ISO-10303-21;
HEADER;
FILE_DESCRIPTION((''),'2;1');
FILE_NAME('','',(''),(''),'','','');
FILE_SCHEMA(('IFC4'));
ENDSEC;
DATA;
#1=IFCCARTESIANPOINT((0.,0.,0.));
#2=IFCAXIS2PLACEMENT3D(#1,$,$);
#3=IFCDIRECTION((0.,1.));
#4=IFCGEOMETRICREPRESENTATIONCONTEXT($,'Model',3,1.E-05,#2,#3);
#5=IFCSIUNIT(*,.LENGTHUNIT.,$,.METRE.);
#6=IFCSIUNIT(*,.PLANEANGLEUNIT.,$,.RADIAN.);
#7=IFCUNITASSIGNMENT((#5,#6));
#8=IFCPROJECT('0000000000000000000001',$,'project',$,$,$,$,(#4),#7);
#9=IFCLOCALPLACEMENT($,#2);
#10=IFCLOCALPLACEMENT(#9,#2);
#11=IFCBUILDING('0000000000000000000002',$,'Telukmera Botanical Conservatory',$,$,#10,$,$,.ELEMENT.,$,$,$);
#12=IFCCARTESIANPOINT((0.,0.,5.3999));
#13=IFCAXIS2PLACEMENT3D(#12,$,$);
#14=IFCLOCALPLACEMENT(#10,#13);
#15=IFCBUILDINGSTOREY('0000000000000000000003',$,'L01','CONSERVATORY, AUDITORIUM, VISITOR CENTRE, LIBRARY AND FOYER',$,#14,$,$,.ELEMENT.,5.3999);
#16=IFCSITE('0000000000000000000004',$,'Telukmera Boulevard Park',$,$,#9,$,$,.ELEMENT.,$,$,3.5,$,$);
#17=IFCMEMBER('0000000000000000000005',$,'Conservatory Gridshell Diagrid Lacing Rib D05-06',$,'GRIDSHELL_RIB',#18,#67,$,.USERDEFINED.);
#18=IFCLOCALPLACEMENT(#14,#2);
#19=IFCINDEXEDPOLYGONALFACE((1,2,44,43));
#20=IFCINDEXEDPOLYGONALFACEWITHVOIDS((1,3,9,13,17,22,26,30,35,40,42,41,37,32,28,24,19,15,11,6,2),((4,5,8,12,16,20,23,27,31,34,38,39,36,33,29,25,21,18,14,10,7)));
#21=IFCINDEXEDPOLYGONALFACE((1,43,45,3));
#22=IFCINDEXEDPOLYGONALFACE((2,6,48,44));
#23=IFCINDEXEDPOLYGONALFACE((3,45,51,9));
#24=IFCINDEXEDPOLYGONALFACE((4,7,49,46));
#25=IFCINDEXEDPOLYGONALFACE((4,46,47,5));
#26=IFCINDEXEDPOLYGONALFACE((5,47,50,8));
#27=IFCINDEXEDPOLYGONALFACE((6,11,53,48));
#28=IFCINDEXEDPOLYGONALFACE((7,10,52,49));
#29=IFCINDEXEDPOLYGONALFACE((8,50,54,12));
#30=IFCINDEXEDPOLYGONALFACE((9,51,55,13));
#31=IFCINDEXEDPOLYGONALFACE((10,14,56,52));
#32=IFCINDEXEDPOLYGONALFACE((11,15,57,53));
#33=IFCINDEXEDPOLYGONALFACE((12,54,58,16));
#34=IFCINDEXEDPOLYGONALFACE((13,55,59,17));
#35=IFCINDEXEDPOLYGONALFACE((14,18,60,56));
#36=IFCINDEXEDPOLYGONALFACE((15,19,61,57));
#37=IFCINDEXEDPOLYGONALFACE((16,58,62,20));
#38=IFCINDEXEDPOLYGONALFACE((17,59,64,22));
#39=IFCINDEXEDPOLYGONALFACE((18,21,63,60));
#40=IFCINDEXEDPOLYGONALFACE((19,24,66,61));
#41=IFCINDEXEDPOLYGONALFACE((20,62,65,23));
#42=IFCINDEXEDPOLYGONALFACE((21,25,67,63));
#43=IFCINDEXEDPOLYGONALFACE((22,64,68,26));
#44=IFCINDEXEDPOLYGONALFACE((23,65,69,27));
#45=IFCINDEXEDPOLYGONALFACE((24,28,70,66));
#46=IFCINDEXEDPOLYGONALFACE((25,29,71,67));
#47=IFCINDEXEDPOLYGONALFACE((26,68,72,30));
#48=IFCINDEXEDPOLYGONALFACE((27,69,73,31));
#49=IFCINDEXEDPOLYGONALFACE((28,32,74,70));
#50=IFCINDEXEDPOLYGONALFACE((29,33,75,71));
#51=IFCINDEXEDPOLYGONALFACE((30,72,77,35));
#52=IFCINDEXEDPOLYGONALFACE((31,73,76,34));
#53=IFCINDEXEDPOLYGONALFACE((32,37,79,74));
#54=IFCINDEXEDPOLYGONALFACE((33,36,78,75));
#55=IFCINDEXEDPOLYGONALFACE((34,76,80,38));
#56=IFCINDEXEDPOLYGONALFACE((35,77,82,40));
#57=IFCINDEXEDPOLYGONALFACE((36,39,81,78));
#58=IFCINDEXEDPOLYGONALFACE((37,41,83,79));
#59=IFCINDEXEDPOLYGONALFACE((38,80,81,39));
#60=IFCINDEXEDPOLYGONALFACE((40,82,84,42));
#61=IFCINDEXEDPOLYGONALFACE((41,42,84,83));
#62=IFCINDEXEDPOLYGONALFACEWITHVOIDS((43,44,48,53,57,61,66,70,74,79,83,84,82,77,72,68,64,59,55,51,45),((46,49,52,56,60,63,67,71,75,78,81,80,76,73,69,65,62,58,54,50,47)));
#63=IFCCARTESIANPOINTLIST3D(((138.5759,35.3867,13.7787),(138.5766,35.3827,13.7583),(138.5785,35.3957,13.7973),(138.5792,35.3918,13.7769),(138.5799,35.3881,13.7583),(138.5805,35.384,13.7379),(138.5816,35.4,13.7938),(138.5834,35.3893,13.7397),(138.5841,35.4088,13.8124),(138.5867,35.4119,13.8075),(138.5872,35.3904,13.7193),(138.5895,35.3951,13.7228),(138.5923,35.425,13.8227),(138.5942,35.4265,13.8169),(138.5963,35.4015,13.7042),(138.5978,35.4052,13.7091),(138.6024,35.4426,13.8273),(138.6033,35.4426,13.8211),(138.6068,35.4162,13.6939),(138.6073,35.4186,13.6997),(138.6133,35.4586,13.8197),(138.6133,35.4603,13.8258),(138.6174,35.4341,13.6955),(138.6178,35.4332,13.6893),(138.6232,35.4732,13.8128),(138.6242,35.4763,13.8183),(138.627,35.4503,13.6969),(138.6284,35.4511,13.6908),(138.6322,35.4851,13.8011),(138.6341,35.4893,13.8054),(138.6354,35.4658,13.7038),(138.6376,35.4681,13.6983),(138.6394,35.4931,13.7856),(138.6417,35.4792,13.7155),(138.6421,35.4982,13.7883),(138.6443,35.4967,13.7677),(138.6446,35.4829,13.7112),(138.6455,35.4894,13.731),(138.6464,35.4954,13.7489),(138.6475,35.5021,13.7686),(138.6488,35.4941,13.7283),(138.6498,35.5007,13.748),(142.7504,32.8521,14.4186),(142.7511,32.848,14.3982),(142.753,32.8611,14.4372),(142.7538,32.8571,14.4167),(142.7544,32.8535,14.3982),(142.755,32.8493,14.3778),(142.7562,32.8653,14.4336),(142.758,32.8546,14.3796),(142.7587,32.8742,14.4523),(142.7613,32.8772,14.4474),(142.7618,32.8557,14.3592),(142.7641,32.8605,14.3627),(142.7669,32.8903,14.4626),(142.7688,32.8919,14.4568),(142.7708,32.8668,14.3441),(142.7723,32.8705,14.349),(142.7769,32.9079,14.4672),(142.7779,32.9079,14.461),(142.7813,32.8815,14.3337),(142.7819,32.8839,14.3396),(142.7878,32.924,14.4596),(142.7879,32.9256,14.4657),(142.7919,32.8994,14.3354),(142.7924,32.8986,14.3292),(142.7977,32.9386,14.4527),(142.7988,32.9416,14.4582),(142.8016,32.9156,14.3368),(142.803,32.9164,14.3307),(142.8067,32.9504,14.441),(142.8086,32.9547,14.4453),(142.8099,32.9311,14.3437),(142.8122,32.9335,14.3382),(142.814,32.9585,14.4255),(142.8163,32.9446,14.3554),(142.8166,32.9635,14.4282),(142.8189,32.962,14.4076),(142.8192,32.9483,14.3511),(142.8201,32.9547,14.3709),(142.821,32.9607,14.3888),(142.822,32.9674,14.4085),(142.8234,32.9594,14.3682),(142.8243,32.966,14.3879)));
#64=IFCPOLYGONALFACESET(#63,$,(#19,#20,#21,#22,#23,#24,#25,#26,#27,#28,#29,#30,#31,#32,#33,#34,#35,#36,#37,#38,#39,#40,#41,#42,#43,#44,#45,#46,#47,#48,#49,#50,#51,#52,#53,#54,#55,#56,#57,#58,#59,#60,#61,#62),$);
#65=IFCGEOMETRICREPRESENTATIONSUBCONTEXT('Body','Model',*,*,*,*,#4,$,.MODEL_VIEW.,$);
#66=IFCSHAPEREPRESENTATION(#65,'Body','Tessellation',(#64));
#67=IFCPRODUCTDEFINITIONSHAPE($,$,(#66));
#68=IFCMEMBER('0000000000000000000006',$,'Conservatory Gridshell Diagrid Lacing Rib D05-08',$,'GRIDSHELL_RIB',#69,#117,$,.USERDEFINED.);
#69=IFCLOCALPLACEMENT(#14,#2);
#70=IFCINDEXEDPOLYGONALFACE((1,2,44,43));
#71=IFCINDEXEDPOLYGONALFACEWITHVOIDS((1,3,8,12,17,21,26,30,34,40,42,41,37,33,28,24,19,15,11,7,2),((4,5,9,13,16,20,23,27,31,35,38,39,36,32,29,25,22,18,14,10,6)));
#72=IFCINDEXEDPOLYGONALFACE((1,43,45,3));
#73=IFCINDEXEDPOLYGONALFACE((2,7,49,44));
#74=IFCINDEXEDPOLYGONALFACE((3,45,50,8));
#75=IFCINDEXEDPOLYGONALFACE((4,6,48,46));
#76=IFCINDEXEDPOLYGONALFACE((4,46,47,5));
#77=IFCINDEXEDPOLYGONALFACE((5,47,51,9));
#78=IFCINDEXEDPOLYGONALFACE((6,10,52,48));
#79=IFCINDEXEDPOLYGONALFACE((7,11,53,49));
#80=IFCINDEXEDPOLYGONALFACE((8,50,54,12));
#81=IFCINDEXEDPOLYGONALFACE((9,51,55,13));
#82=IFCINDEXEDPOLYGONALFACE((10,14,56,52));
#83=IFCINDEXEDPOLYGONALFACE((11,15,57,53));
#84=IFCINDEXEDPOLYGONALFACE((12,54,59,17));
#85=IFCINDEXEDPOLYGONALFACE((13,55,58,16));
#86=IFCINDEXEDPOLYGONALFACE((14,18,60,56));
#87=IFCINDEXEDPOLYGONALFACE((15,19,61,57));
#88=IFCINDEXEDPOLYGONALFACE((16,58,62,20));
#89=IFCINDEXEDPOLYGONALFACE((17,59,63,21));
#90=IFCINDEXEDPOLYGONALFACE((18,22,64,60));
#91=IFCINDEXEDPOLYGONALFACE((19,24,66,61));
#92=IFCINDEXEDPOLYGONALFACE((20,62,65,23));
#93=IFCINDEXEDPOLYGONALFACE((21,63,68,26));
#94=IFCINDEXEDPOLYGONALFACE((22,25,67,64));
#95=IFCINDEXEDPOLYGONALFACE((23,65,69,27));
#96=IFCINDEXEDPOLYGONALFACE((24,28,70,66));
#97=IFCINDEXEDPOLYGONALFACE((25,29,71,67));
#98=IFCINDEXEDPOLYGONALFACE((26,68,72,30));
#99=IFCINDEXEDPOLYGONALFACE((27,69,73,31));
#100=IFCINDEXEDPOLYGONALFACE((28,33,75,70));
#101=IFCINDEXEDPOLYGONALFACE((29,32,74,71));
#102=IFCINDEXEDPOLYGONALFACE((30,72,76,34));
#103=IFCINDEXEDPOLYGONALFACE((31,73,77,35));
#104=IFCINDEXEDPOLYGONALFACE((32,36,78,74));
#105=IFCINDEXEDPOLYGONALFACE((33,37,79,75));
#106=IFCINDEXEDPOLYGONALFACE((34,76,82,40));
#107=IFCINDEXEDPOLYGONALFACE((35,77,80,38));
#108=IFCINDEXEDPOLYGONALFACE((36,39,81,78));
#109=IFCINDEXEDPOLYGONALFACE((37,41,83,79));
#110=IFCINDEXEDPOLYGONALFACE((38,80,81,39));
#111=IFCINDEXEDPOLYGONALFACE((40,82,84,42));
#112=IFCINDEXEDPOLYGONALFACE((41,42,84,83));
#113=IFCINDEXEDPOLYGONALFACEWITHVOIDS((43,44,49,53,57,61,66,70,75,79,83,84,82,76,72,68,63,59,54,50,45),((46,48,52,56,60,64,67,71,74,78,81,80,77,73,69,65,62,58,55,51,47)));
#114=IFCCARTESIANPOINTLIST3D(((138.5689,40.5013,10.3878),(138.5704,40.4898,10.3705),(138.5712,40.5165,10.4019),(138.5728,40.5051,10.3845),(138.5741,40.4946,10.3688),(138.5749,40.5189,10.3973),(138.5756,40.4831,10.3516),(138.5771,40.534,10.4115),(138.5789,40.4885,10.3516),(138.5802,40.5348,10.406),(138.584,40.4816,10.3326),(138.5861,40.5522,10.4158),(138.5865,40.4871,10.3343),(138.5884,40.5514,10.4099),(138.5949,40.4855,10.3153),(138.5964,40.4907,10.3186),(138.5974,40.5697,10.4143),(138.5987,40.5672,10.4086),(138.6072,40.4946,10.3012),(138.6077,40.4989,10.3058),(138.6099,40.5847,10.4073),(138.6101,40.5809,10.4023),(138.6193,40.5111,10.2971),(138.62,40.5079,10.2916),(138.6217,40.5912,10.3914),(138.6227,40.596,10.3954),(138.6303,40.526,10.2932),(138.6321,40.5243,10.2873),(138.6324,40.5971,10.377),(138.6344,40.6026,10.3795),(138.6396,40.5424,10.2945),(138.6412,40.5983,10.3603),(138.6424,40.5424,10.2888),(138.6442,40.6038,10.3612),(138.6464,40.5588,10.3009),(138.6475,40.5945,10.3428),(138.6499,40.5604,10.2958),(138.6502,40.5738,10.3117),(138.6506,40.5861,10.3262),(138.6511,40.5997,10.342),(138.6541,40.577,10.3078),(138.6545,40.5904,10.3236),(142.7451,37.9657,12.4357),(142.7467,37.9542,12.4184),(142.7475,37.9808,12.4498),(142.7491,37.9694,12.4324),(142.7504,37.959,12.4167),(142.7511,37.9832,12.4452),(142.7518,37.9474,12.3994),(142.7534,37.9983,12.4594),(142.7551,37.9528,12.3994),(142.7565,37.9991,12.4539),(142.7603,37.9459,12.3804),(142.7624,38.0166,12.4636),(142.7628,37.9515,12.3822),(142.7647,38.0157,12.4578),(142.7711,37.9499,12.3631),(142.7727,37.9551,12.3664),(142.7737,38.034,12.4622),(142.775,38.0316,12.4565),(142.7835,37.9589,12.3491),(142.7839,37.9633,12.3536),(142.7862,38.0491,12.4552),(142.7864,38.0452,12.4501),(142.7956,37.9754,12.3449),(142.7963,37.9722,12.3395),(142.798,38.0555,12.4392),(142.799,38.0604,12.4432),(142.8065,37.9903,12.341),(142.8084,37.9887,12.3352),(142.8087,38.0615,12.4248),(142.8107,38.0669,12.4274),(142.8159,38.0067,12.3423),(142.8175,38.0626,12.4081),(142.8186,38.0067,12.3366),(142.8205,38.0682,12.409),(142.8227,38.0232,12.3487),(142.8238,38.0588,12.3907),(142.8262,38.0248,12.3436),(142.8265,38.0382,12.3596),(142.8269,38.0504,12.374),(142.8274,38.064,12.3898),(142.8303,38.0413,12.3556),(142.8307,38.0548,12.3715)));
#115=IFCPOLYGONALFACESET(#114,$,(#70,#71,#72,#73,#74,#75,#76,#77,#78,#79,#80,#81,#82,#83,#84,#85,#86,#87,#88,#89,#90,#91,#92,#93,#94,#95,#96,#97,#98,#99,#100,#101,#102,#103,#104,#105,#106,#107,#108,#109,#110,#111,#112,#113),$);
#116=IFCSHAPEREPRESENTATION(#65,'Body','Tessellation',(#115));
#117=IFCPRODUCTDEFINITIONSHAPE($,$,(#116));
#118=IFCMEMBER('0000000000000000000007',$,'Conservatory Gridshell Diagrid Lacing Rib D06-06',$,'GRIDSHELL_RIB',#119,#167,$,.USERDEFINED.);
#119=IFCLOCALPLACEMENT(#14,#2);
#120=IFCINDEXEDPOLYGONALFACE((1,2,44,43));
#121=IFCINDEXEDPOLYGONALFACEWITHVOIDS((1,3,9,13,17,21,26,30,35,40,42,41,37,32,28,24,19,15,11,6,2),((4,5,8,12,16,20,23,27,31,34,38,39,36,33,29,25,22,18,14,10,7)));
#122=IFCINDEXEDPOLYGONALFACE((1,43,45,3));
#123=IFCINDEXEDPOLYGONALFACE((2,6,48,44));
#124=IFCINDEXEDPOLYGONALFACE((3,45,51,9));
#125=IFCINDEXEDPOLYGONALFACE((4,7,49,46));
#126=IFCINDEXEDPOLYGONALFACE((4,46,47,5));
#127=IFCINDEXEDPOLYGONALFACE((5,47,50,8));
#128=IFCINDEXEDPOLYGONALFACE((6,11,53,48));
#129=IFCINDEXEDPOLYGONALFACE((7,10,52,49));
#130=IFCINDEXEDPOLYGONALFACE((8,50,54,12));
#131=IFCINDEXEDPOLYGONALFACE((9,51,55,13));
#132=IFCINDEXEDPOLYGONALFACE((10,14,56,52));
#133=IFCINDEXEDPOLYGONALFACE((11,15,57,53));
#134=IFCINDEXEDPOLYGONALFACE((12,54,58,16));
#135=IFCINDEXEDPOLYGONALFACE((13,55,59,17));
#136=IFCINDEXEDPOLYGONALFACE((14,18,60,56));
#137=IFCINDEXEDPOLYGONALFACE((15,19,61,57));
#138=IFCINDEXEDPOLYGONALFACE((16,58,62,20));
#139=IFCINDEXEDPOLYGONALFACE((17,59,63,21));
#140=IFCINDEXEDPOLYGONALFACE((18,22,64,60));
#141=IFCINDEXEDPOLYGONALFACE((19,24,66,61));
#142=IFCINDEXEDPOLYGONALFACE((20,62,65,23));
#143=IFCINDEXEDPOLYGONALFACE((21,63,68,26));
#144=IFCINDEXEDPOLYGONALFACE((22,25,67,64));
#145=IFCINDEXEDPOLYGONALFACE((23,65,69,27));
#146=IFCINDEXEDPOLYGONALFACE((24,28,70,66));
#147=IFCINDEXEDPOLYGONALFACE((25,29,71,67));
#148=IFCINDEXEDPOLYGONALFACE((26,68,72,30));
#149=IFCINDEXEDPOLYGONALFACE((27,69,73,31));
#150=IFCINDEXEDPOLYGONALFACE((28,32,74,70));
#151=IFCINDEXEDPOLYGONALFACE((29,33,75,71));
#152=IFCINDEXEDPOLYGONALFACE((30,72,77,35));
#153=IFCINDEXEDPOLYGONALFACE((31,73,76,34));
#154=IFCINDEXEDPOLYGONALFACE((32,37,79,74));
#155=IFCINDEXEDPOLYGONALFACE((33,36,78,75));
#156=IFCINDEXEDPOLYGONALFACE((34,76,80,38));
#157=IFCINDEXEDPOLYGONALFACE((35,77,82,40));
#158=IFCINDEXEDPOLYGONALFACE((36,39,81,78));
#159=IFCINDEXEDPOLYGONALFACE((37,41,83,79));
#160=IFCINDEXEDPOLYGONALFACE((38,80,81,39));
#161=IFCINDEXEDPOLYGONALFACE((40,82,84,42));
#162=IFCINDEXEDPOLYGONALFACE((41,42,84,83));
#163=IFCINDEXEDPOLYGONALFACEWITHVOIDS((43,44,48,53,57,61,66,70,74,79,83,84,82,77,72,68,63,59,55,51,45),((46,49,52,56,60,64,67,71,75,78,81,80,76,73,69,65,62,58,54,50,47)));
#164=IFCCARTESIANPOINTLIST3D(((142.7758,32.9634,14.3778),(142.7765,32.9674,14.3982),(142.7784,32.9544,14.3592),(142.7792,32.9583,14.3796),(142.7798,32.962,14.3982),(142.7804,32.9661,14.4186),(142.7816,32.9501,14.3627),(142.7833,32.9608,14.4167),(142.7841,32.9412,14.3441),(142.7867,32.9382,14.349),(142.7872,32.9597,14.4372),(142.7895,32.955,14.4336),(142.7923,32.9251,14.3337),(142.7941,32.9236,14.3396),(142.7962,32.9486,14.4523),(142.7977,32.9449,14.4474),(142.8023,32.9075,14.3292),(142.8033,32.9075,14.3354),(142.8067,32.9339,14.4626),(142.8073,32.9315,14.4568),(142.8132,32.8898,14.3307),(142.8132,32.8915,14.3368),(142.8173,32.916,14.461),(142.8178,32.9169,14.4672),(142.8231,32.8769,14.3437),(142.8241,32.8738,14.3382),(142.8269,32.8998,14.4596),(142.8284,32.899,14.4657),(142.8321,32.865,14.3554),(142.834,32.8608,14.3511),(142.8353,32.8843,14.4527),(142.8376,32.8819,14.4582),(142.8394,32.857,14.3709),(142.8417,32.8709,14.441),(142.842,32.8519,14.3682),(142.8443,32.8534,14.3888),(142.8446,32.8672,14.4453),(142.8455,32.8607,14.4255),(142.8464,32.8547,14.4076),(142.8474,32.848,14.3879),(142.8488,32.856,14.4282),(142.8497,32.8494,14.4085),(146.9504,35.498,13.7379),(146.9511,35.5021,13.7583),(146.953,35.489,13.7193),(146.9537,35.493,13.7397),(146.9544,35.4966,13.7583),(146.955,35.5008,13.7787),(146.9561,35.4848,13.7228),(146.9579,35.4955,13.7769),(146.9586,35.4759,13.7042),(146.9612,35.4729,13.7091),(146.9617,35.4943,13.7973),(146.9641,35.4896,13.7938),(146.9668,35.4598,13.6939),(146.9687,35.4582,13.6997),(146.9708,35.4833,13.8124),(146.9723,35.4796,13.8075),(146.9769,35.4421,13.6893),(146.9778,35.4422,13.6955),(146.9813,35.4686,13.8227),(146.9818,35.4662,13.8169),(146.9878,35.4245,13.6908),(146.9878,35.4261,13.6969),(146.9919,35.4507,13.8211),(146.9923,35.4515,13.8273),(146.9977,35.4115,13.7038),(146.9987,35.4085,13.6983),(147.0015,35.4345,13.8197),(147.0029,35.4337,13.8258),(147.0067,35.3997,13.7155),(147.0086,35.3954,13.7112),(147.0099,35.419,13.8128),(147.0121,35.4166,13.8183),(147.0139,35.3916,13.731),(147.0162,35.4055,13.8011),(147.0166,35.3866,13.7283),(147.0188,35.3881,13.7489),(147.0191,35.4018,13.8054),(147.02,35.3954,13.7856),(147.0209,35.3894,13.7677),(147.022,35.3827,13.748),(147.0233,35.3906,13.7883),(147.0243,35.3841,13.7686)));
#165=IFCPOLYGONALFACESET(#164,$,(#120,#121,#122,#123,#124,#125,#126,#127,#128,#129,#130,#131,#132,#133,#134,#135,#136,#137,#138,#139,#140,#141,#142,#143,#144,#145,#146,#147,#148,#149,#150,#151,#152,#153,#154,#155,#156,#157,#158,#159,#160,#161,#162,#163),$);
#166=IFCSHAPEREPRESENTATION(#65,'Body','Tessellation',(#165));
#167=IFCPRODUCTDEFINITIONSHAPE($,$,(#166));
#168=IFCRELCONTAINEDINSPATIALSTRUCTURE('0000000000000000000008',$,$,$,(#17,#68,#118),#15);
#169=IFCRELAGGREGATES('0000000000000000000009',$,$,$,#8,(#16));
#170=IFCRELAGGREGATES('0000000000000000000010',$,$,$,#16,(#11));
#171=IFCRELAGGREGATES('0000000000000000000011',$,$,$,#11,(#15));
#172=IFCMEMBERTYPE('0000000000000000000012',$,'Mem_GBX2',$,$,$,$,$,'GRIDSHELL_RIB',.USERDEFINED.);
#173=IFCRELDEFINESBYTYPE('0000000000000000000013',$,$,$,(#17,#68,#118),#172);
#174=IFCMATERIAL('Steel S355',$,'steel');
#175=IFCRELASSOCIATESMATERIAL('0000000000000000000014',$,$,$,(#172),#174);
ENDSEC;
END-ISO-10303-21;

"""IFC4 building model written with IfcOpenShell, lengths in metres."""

from ifc_helpers import new_model, si_unit, direction, frame, origin, origin_2d, place, context, subcontext, project, spatial, hollow_circle, extrude, material, material_profile, profile_set, type_object, element, save


model = new_model("IFC4")

# Units and contexts
model_context = context("Model", 3, precision=1e-05, world=origin(), true_north=direction((0.0, 1.0)))
body_context = subcontext(model_context, "Body", "Model", "MODEL_VIEW")
ifc_project = project(units=[si_unit("LENGTHUNIT", "METRE"), si_unit("PLANEANGLEUNIT", "RADIAN")], contexts=[model_context])

# Site, building, storey
site_placement = place(None, origin())
site = spatial("IfcSite", under=ifc_project, at=site_placement, Name="Telukmera Boulevard Park", CompositionType="ELEMENT", RefElevation=3.5)
building_placement = place(site_placement, origin())
building = spatial("IfcBuilding", under=site, at=building_placement, Name="Telukmera Botanical Conservatory", CompositionType="ELEMENT")
storey_placement = place(building_placement, frame((0.0, 0.0, 5.3999)))
storey = spatial("IfcBuildingStorey", under=building, at=storey_placement, Name="L01", Description="CONSERVATORY, AUDITORIUM, VISITOR CENTRE, LIBRARY AND FOYER", CompositionType="ELEMENT", Elevation=5.3999)

# Shared definitions
ifc_material = material(Name="Steel S355", Category="steel")

# Members
ifc_material_profile_1 = material_profile(ifc_material, hollow_circle(Radius=0.0698, WallThickness=0.0063, at=origin_2d()), Name="CHS 139.7x6.3")
ifc_profile_set_1 = profile_set([ifc_material_profile_1], Name="Steel S355")
member_type_1 = type_object("IfcMemberType", Name="Mem_GBX2", ElementType="GRIDSHELL_RIB", PredefinedType="USERDEFINED", material=ifc_profile_set_1)
member_1_placement = place(storey_placement, frame((142.7874, 32.9077, 14.3982), z_axis=(-0.847533, 0.514597, -0.129913), x_axis=(-0.518995, -0.854777, 0.0)))
element("IfcMember", 1, at=member_1_placement, inside=storey, type_object=member_type_1, Name="Conservatory Gridshell Diagrid Lacing Rib D05-06", ObjectType="GRIDSHELL_RIB", PredefinedType="USERDEFINED", context=body_context, shape_type="SweptSolid", body=[
    extrude(hollow_circle(Radius=0.0698, WallThickness=0.0063, at=origin_2d()), origin(), (0.0, 0.0, 1.0), 4.9255),
])
member_2_placement = place(storey_placement, frame((142.7881, 38.0071, 12.3994), z_axis=(-0.788334, 0.478642, -0.386563), x_axis=(-0.518986, -0.854783, 0.0)))
element("IfcMember", 2, at=member_2_placement, inside=storey, type_object=member_type_1, Name="Conservatory Gridshell Diagrid Lacing Rib D05-08", ObjectType="GRIDSHELL_RIB", PredefinedType="USERDEFINED", context=body_context, shape_type="SweptSolid", body=[
    extrude(hollow_circle(Radius=0.0698, WallThickness=0.0063, at=origin_2d()), origin(), (0.0, 0.0, 1.0), 5.2976),
])
member_3_placement = place(storey_placement, frame((142.8127, 32.9077, 14.3982), z_axis=(0.847533, 0.514597, -0.129913), x_axis=(-0.518995, 0.854777, 0.0)))
element("IfcMember", 3, at=member_3_placement, inside=storey, type_object=member_type_1, Name="Conservatory Gridshell Diagrid Lacing Rib D06-06", ObjectType="GRIDSHELL_RIB", PredefinedType="USERDEFINED", context=body_context, shape_type="SweptSolid", body=[
    extrude(hollow_circle(Radius=0.0698, WallThickness=0.0063, at=origin_2d()), origin(), (0.0, 0.0, 1.0), 4.9255),
])

save(model, "model.ifc")
